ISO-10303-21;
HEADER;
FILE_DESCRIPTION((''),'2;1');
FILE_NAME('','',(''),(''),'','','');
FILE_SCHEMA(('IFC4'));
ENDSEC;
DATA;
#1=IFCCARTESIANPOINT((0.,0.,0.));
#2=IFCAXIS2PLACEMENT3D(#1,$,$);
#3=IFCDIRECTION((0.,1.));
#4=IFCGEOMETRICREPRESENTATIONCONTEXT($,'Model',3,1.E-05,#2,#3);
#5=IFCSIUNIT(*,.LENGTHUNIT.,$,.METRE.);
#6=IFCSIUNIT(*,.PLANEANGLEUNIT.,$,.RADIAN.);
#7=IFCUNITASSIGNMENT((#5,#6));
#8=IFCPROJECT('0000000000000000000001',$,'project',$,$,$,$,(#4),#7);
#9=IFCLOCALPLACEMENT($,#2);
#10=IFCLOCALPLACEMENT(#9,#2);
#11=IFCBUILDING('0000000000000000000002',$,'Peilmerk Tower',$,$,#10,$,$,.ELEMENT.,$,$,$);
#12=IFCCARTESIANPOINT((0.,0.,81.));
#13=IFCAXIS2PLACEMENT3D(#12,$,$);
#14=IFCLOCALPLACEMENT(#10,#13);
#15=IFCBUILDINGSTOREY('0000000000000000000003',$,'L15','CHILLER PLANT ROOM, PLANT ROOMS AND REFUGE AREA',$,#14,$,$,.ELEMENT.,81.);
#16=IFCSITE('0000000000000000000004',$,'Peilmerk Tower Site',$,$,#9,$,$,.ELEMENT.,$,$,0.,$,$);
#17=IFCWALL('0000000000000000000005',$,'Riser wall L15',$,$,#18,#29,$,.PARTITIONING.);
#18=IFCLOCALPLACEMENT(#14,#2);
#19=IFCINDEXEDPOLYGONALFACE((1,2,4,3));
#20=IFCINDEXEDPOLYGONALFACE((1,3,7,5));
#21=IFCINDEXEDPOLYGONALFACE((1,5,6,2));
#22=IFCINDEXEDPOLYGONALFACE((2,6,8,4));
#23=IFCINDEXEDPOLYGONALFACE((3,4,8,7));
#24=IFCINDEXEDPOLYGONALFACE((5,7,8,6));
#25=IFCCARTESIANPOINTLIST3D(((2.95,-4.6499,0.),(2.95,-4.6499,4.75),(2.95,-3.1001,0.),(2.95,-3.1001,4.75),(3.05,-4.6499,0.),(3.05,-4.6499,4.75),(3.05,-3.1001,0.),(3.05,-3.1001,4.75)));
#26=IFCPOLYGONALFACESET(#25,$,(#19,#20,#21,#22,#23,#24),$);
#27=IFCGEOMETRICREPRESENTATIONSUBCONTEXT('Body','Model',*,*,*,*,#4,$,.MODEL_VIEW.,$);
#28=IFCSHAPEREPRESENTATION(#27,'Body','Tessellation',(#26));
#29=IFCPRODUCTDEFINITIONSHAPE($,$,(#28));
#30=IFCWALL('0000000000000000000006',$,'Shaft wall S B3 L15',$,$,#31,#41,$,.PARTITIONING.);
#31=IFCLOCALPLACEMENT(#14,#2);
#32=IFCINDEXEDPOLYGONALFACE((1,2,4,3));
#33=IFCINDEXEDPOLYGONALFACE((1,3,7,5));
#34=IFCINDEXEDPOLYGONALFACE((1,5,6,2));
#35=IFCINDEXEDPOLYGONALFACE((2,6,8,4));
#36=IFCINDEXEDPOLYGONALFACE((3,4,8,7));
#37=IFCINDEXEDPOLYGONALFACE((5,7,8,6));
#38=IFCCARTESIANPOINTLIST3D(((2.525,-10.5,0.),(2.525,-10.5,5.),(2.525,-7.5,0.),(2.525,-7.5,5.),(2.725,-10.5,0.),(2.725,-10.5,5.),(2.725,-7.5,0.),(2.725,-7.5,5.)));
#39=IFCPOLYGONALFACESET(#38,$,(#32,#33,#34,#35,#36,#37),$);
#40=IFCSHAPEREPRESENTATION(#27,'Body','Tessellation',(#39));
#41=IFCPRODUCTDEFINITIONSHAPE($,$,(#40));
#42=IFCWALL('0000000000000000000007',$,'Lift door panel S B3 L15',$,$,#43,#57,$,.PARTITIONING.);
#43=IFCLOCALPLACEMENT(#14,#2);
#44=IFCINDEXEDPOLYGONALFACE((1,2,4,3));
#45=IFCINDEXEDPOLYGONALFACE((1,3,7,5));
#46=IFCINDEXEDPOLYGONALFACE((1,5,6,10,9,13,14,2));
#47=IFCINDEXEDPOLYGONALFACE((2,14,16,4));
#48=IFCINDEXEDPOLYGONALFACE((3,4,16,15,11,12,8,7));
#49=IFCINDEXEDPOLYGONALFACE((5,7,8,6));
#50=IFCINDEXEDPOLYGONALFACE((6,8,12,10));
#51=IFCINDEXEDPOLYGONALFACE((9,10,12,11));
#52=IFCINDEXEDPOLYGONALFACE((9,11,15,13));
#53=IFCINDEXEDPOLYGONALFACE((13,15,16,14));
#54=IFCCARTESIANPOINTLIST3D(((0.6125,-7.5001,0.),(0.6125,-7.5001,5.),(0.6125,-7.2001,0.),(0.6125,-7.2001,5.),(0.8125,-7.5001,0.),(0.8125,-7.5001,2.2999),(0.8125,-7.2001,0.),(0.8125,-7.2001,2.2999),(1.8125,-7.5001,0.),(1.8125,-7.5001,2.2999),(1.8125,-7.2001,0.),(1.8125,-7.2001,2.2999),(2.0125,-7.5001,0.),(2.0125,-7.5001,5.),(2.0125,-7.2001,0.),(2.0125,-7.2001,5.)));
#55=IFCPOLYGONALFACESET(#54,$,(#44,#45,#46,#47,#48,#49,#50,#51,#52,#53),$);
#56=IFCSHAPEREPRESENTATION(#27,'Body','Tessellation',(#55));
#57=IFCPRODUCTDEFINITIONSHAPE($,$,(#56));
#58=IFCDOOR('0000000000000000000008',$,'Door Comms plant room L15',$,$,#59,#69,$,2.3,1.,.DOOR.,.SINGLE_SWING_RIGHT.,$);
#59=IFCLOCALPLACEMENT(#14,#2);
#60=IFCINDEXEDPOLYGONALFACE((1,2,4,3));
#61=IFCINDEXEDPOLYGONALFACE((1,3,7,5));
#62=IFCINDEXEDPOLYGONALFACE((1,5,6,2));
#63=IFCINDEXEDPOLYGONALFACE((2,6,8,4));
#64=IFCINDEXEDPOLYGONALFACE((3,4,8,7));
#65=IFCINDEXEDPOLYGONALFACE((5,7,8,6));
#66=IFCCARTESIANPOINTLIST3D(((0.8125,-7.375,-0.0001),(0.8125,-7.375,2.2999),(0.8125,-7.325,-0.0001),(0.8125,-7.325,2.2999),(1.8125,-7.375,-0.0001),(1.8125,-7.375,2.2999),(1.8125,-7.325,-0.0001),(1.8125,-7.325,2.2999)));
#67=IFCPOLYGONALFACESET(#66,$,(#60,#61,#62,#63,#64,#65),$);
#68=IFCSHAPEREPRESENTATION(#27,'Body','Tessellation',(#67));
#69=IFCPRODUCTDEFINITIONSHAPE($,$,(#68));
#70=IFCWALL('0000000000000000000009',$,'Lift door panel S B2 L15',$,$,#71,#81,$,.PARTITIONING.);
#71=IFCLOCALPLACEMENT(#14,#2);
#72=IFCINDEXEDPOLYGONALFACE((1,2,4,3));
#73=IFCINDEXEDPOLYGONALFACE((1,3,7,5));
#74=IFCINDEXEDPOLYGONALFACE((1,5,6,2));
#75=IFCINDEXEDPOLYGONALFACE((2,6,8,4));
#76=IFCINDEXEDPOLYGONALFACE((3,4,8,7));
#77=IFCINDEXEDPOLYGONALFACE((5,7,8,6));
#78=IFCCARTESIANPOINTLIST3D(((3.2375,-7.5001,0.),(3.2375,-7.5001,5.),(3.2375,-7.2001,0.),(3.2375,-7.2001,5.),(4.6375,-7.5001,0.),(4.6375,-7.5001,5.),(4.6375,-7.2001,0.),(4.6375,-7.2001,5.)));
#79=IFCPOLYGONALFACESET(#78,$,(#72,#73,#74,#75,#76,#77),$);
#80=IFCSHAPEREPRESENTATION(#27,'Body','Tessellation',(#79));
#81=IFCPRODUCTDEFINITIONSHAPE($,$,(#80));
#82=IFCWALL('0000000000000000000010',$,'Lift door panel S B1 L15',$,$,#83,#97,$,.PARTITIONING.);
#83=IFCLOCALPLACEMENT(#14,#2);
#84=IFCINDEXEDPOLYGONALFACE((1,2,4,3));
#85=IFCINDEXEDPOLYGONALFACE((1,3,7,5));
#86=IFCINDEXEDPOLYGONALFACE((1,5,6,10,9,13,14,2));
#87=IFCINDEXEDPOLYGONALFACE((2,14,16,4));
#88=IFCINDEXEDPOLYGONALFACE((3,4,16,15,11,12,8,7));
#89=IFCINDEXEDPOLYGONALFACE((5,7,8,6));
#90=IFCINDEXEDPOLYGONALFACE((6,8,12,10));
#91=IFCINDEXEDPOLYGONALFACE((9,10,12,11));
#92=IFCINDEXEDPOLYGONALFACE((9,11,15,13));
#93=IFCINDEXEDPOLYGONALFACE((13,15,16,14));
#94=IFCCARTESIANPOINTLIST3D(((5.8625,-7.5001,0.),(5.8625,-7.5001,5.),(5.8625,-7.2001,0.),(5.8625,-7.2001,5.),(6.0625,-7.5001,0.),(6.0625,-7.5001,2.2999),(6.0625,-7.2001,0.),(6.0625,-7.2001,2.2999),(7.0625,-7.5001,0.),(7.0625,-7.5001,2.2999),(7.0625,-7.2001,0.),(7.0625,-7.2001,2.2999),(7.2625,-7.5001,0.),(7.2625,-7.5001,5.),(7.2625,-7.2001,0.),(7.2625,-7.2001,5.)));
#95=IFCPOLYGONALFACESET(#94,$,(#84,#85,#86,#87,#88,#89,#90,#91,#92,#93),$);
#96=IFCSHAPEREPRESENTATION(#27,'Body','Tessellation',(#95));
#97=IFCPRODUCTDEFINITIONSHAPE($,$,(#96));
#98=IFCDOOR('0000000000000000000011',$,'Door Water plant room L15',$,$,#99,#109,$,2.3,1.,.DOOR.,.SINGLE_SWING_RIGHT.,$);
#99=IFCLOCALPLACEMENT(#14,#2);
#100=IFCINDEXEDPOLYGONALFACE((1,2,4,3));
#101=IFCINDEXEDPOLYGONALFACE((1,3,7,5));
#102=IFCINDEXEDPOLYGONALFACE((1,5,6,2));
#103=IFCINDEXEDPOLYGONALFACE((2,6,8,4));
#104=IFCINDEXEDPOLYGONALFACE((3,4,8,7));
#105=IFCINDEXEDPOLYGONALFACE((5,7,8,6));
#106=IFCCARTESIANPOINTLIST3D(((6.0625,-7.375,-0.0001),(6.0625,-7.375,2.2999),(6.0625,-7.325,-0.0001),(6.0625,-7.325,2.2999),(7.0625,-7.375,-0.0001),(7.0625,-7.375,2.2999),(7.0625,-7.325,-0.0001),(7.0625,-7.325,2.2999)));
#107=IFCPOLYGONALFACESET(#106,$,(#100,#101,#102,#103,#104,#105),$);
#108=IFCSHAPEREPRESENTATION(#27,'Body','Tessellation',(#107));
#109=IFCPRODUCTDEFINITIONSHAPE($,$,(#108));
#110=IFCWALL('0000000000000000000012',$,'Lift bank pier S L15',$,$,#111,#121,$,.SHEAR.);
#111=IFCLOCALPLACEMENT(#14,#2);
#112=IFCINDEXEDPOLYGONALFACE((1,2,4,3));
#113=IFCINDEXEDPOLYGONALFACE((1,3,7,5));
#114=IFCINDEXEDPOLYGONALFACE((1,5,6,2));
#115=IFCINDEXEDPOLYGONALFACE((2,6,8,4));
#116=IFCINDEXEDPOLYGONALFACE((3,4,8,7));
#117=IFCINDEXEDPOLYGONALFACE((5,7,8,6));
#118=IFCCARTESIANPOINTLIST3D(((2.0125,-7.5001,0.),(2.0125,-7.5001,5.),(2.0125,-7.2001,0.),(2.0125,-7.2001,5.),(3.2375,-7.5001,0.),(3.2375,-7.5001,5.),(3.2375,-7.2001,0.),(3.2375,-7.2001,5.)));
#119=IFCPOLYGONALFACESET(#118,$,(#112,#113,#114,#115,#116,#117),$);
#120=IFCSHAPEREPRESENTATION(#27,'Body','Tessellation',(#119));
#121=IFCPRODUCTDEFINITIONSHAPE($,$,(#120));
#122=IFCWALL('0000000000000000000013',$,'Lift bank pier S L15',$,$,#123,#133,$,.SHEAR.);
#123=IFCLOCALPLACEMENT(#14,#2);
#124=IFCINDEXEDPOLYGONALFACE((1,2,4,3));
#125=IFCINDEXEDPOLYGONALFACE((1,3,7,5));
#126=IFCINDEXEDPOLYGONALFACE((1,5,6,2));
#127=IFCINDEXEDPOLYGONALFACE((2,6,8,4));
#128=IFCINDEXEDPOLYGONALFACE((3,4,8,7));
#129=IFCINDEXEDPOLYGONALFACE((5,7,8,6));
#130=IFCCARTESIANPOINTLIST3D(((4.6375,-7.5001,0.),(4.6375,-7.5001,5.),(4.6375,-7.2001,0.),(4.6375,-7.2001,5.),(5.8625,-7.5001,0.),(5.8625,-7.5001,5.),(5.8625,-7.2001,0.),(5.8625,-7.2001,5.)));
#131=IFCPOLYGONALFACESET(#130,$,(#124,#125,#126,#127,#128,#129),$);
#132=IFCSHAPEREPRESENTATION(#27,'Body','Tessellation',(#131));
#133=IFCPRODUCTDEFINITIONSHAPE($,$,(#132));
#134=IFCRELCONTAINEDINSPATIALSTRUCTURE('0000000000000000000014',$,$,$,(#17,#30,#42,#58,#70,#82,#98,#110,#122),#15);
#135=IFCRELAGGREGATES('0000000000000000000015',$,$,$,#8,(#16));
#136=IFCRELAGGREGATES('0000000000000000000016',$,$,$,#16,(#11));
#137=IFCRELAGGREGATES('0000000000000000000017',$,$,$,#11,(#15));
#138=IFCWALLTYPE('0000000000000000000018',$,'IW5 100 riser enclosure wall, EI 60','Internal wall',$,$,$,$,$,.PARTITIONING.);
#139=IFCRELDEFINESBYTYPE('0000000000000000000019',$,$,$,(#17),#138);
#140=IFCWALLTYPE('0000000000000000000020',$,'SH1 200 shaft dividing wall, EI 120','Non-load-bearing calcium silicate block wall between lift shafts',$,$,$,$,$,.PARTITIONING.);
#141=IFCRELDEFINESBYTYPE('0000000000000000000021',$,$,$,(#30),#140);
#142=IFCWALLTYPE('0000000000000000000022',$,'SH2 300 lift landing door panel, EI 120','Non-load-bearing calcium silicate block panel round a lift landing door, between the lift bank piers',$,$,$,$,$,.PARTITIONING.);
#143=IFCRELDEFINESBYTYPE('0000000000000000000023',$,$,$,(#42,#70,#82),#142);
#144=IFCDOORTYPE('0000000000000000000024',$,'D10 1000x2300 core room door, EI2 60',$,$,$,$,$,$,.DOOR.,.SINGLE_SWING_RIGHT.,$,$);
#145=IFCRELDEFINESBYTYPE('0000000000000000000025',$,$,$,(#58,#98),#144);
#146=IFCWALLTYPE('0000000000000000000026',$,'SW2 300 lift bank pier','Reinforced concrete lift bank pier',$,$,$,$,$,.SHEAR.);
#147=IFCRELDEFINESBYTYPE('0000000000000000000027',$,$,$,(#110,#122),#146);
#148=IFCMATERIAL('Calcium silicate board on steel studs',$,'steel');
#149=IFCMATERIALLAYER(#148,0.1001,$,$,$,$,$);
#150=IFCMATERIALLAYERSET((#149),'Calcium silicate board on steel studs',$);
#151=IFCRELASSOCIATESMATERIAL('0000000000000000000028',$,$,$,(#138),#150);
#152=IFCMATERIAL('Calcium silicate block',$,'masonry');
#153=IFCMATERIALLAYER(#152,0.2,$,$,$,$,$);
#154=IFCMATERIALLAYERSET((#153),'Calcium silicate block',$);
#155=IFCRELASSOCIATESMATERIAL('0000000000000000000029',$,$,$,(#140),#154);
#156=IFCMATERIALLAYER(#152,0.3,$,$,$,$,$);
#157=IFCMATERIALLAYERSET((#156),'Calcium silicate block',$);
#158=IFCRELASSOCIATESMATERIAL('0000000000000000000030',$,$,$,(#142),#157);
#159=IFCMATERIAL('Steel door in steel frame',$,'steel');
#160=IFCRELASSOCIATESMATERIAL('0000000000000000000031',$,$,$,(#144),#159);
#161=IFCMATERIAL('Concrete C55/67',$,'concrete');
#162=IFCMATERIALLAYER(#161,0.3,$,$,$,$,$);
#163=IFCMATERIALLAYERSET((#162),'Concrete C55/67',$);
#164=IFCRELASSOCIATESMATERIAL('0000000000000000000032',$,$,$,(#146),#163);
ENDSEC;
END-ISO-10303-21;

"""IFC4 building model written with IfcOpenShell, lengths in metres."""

from ifc_helpers import new_model, si_unit, direction, frame, frame_2d, origin, place, context, subcontext, project, spatial, rectangle, extrude, material, layer, layer_set, type_object, element, fill, save


model = new_model("IFC4")

# Units and contexts
model_context = context("Model", 3, precision=1e-05, world=origin(), true_north=direction((0.0, 1.0)))
body_context = subcontext(model_context, "Body", "Model", "MODEL_VIEW")
ifc_project = project(units=[si_unit("LENGTHUNIT", "METRE"), si_unit("PLANEANGLEUNIT", "RADIAN")], contexts=[model_context])

# Site, building, storey
site_placement = place(None, origin())
site = spatial("IfcSite", under=ifc_project, at=site_placement, Name="Peilmerk Tower Site", CompositionType="ELEMENT", RefElevation=0.0)
building_placement = place(site_placement, origin())
building = spatial("IfcBuilding", under=site, at=building_placement, Name="Peilmerk Tower", CompositionType="ELEMENT")
storey_placement = place(building_placement, frame((0.0, 0.0, 81.0)))
storey = spatial("IfcBuildingStorey", under=building, at=storey_placement, Name="L15", Description="CHILLER PLANT ROOM, PLANT ROOMS AND REFUGE AREA", CompositionType="ELEMENT", Elevation=81.0)

# Shared definitions
ifc_material_1 = material(Name="Calcium silicate board on steel studs", Category="steel")
ifc_layer_1 = layer(ifc_material_1, 0.1001)
ifc_layer_set_1 = layer_set([ifc_layer_1], Name="Calcium silicate board on steel studs")
wall_type_1 = type_object("IfcWallType", Name="IW5 100 riser enclosure wall, EI 60", Description="Internal wall", PredefinedType="PARTITIONING", material=ifc_layer_set_1)

# Shared definitions
ifc_material_2 = material(Name="Steel door in steel frame", Category="steel")

# Walls
for number, where, z_axis, x_axis, name in (
    (1, (3.0, -3.1001, 0.0), (0.0, 0.0, 1.0), (0.0, -1.0, 0.0), "Riser wall L15"),
):
    element("IfcWall", number, at=place(storey_placement, frame(where, z_axis=z_axis, x_axis=x_axis)), inside=storey, type_object=wall_type_1, Name=name, PredefinedType="PARTITIONING", context=body_context, shape_type="SweptSolid", body=[
        extrude(rectangle(XDim=1.5498, YDim=0.1001, at=frame_2d((0.7749, 0.0))), origin(), (0.0, 0.0, 1.0), 4.75),
    ])
ifc_material_3 = material(Name="Calcium silicate block", Category="masonry")
ifc_layer_2 = layer(ifc_material_3, 0.2)
ifc_layer_set_2 = layer_set([ifc_layer_2], Name="Calcium silicate block")
wall_type_2 = type_object("IfcWallType", Name="SH1 200 shaft dividing wall, EI 120", Description="Non-load-bearing calcium silicate block wall between lift shafts", PredefinedType="PARTITIONING", material=ifc_layer_set_2)
wall_1_placement = place(storey_placement, frame((2.625, -10.5, 0.0), z_axis=(0.0, 0.0, 1.0), x_axis=(0.0, 1.0, 0.0)))
element("IfcWall", 2, at=wall_1_placement, inside=storey, type_object=wall_type_2, Name="Shaft wall S B3 L15", PredefinedType="PARTITIONING", context=body_context, shape_type="SweptSolid", body=[
    extrude(rectangle(XDim=3.0, YDim=0.2, at=frame_2d((1.5, 0.0))), origin(), (0.0, 0.0, 1.0), 5.0),
])

# Wall, opening, door
ifc_layer_3 = layer(ifc_material_3, 0.3)
ifc_layer_set_3 = layer_set([ifc_layer_3], Name="Calcium silicate block")
wall_type_3 = type_object("IfcWallType", Name="SH2 300 lift landing door panel, EI 120", Description="Non-load-bearing calcium silicate block panel round a lift landing door, between the lift bank piers", PredefinedType="PARTITIONING", material=ifc_layer_set_3)
wall_2_placement = place(storey_placement, frame((0.6125, -7.3501, 0.0), z_axis=(0.0, 0.0, 1.0), x_axis=(1.0, 0.0, 0.0)))
wall_2 = element("IfcWall", 3, at=wall_2_placement, inside=storey, type_object=wall_type_3, Name="Lift door panel S B3 L15", PredefinedType="PARTITIONING", context=body_context, shape_type="SweptSolid", body=[
    extrude(rectangle(XDim=1.3999, YDim=0.3, at=frame_2d((0.7, 0.0))), origin(), (0.0, 0.0, 1.0), 5.0),
])
opening_1_placement = place(wall_2_placement, frame((0.2, 0.0, 0.0)))
opening_1 = element("IfcOpeningElement", 4, at=opening_1_placement, cuts=wall_2, PredefinedType="OPENING", context=body_context, shape_type="SweptSolid", body=[
    extrude(rectangle(XDim=1.0, YDim=2.3, at=frame_2d((0.5, 1.1499))), frame((0.0, 0.1599, 0.0), z_axis=(0.0, -1.0, 0.0), x_axis=(1.0, 0.0, 0.0)), (0.0, 0.0, 1.0), 0.3201),
])
door_type_1 = type_object("IfcDoorType", Name="D10 1000x2300 core room door, EI2 60", OperationType="SINGLE_SWING_RIGHT", PredefinedType="DOOR", material=ifc_material_2)
door_1_placement = place(opening_1_placement, frame((1.0, 0.0, 0.0), z_axis=(0.0, 0.0, 1.0), x_axis=(-1.0, 0.0, 0.0)))
door_1 = element("IfcDoor", 5, at=door_1_placement, inside=storey, type_object=door_type_1, Name="Door Comms plant room L15", OperationType="SINGLE_SWING_RIGHT", OverallHeight=2.3, OverallWidth=1.0, PredefinedType="DOOR", context=body_context, shape_type="SweptSolid", body=[
    extrude(rectangle(XDim=1.0, YDim=2.3, at=frame_2d((0.5, 1.1499))), frame((0.0, 0.0249, 0.0), z_axis=(0.0, -1.0, 0.0), x_axis=(1.0, 0.0, 0.0)), (0.0, 0.0, 1.0), 0.05),
])
fill(opening_1, door_1)

# Wall
wall_3_placement = place(storey_placement, frame((3.2375, -7.3501, 0.0), z_axis=(0.0, 0.0, 1.0), x_axis=(1.0, 0.0, 0.0)))
element("IfcWall", 6, at=wall_3_placement, inside=storey, type_object=wall_type_3, Name="Lift door panel S B2 L15", PredefinedType="PARTITIONING", context=body_context, shape_type="SweptSolid", body=[
    extrude(rectangle(XDim=1.3999, YDim=0.3, at=frame_2d((0.7, 0.0))), origin(), (0.0, 0.0, 1.0), 5.0),
])

# Wall, opening, door
wall_4_placement = place(storey_placement, frame((5.8625, -7.3501, 0.0), z_axis=(0.0, 0.0, 1.0), x_axis=(1.0, 0.0, 0.0)))
wall_4 = element("IfcWall", 7, at=wall_4_placement, inside=storey, type_object=wall_type_3, Name="Lift door panel S B1 L15", PredefinedType="PARTITIONING", context=body_context, shape_type="SweptSolid", body=[
    extrude(rectangle(XDim=1.3999, YDim=0.3, at=frame_2d((0.7, 0.0))), origin(), (0.0, 0.0, 1.0), 5.0),
])
opening_2_placement = place(wall_4_placement, frame((0.2, 0.0, 0.0)))
opening_2 = element("IfcOpeningElement", 8, at=opening_2_placement, cuts=wall_4, PredefinedType="OPENING", context=body_context, shape_type="SweptSolid", body=[
    extrude(rectangle(XDim=1.0, YDim=2.3, at=frame_2d((0.5, 1.1499))), frame((0.0, 0.1599, 0.0), z_axis=(0.0, -1.0, 0.0), x_axis=(1.0, 0.0, 0.0)), (0.0, 0.0, 1.0), 0.3201),
])
door_2_placement = place(opening_2_placement, frame((1.0, 0.0, 0.0), z_axis=(0.0, 0.0, 1.0), x_axis=(-1.0, 0.0, 0.0)))
door_2 = element("IfcDoor", 9, at=door_2_placement, inside=storey, type_object=door_type_1, Name="Door Water plant room L15", OperationType="SINGLE_SWING_RIGHT", OverallHeight=2.3, OverallWidth=1.0, PredefinedType="DOOR", context=body_context, shape_type="SweptSolid", body=[
    extrude(rectangle(XDim=1.0, YDim=2.3, at=frame_2d((0.5, 1.1499))), frame((0.0, 0.0249, 0.0), z_axis=(0.0, -1.0, 0.0), x_axis=(1.0, 0.0, 0.0)), (0.0, 0.0, 1.0), 0.05),
])
fill(opening_2, door_2)

# Walls
ifc_material_4 = material(Name="Concrete C55/67", Category="concrete")
ifc_layer_4 = layer(ifc_material_4, 0.3)
ifc_layer_set_4 = layer_set([ifc_layer_4], Name="Concrete C55/67")
wall_type_4 = type_object("IfcWallType", Name="SW2 300 lift bank pier", Description="Reinforced concrete lift bank pier", PredefinedType="SHEAR", material=ifc_layer_set_4)
for number, where, z_axis, x_axis, name in (
    (10, (2.0125, -7.3501, 0.0), (0.0, 0.0, 1.0), (1.0, 0.0, 0.0), "Lift bank pier S L15"),
    (11, (4.6375, -7.3501, 0.0), (0.0, 0.0, 1.0), (1.0, 0.0, 0.0), "Lift bank pier S L15"),
):
    element("IfcWall", number, at=place(storey_placement, frame(where, z_axis=z_axis, x_axis=x_axis)), inside=storey, type_object=wall_type_4, Name=name, PredefinedType="SHEAR", context=body_context, shape_type="SweptSolid", body=[
        extrude(rectangle(XDim=1.2251, YDim=0.3, at=frame_2d((0.6125, 0.0))), origin(), (0.0, 0.0, 1.0), 5.0),
    ])

save(model, "model.ifc")
